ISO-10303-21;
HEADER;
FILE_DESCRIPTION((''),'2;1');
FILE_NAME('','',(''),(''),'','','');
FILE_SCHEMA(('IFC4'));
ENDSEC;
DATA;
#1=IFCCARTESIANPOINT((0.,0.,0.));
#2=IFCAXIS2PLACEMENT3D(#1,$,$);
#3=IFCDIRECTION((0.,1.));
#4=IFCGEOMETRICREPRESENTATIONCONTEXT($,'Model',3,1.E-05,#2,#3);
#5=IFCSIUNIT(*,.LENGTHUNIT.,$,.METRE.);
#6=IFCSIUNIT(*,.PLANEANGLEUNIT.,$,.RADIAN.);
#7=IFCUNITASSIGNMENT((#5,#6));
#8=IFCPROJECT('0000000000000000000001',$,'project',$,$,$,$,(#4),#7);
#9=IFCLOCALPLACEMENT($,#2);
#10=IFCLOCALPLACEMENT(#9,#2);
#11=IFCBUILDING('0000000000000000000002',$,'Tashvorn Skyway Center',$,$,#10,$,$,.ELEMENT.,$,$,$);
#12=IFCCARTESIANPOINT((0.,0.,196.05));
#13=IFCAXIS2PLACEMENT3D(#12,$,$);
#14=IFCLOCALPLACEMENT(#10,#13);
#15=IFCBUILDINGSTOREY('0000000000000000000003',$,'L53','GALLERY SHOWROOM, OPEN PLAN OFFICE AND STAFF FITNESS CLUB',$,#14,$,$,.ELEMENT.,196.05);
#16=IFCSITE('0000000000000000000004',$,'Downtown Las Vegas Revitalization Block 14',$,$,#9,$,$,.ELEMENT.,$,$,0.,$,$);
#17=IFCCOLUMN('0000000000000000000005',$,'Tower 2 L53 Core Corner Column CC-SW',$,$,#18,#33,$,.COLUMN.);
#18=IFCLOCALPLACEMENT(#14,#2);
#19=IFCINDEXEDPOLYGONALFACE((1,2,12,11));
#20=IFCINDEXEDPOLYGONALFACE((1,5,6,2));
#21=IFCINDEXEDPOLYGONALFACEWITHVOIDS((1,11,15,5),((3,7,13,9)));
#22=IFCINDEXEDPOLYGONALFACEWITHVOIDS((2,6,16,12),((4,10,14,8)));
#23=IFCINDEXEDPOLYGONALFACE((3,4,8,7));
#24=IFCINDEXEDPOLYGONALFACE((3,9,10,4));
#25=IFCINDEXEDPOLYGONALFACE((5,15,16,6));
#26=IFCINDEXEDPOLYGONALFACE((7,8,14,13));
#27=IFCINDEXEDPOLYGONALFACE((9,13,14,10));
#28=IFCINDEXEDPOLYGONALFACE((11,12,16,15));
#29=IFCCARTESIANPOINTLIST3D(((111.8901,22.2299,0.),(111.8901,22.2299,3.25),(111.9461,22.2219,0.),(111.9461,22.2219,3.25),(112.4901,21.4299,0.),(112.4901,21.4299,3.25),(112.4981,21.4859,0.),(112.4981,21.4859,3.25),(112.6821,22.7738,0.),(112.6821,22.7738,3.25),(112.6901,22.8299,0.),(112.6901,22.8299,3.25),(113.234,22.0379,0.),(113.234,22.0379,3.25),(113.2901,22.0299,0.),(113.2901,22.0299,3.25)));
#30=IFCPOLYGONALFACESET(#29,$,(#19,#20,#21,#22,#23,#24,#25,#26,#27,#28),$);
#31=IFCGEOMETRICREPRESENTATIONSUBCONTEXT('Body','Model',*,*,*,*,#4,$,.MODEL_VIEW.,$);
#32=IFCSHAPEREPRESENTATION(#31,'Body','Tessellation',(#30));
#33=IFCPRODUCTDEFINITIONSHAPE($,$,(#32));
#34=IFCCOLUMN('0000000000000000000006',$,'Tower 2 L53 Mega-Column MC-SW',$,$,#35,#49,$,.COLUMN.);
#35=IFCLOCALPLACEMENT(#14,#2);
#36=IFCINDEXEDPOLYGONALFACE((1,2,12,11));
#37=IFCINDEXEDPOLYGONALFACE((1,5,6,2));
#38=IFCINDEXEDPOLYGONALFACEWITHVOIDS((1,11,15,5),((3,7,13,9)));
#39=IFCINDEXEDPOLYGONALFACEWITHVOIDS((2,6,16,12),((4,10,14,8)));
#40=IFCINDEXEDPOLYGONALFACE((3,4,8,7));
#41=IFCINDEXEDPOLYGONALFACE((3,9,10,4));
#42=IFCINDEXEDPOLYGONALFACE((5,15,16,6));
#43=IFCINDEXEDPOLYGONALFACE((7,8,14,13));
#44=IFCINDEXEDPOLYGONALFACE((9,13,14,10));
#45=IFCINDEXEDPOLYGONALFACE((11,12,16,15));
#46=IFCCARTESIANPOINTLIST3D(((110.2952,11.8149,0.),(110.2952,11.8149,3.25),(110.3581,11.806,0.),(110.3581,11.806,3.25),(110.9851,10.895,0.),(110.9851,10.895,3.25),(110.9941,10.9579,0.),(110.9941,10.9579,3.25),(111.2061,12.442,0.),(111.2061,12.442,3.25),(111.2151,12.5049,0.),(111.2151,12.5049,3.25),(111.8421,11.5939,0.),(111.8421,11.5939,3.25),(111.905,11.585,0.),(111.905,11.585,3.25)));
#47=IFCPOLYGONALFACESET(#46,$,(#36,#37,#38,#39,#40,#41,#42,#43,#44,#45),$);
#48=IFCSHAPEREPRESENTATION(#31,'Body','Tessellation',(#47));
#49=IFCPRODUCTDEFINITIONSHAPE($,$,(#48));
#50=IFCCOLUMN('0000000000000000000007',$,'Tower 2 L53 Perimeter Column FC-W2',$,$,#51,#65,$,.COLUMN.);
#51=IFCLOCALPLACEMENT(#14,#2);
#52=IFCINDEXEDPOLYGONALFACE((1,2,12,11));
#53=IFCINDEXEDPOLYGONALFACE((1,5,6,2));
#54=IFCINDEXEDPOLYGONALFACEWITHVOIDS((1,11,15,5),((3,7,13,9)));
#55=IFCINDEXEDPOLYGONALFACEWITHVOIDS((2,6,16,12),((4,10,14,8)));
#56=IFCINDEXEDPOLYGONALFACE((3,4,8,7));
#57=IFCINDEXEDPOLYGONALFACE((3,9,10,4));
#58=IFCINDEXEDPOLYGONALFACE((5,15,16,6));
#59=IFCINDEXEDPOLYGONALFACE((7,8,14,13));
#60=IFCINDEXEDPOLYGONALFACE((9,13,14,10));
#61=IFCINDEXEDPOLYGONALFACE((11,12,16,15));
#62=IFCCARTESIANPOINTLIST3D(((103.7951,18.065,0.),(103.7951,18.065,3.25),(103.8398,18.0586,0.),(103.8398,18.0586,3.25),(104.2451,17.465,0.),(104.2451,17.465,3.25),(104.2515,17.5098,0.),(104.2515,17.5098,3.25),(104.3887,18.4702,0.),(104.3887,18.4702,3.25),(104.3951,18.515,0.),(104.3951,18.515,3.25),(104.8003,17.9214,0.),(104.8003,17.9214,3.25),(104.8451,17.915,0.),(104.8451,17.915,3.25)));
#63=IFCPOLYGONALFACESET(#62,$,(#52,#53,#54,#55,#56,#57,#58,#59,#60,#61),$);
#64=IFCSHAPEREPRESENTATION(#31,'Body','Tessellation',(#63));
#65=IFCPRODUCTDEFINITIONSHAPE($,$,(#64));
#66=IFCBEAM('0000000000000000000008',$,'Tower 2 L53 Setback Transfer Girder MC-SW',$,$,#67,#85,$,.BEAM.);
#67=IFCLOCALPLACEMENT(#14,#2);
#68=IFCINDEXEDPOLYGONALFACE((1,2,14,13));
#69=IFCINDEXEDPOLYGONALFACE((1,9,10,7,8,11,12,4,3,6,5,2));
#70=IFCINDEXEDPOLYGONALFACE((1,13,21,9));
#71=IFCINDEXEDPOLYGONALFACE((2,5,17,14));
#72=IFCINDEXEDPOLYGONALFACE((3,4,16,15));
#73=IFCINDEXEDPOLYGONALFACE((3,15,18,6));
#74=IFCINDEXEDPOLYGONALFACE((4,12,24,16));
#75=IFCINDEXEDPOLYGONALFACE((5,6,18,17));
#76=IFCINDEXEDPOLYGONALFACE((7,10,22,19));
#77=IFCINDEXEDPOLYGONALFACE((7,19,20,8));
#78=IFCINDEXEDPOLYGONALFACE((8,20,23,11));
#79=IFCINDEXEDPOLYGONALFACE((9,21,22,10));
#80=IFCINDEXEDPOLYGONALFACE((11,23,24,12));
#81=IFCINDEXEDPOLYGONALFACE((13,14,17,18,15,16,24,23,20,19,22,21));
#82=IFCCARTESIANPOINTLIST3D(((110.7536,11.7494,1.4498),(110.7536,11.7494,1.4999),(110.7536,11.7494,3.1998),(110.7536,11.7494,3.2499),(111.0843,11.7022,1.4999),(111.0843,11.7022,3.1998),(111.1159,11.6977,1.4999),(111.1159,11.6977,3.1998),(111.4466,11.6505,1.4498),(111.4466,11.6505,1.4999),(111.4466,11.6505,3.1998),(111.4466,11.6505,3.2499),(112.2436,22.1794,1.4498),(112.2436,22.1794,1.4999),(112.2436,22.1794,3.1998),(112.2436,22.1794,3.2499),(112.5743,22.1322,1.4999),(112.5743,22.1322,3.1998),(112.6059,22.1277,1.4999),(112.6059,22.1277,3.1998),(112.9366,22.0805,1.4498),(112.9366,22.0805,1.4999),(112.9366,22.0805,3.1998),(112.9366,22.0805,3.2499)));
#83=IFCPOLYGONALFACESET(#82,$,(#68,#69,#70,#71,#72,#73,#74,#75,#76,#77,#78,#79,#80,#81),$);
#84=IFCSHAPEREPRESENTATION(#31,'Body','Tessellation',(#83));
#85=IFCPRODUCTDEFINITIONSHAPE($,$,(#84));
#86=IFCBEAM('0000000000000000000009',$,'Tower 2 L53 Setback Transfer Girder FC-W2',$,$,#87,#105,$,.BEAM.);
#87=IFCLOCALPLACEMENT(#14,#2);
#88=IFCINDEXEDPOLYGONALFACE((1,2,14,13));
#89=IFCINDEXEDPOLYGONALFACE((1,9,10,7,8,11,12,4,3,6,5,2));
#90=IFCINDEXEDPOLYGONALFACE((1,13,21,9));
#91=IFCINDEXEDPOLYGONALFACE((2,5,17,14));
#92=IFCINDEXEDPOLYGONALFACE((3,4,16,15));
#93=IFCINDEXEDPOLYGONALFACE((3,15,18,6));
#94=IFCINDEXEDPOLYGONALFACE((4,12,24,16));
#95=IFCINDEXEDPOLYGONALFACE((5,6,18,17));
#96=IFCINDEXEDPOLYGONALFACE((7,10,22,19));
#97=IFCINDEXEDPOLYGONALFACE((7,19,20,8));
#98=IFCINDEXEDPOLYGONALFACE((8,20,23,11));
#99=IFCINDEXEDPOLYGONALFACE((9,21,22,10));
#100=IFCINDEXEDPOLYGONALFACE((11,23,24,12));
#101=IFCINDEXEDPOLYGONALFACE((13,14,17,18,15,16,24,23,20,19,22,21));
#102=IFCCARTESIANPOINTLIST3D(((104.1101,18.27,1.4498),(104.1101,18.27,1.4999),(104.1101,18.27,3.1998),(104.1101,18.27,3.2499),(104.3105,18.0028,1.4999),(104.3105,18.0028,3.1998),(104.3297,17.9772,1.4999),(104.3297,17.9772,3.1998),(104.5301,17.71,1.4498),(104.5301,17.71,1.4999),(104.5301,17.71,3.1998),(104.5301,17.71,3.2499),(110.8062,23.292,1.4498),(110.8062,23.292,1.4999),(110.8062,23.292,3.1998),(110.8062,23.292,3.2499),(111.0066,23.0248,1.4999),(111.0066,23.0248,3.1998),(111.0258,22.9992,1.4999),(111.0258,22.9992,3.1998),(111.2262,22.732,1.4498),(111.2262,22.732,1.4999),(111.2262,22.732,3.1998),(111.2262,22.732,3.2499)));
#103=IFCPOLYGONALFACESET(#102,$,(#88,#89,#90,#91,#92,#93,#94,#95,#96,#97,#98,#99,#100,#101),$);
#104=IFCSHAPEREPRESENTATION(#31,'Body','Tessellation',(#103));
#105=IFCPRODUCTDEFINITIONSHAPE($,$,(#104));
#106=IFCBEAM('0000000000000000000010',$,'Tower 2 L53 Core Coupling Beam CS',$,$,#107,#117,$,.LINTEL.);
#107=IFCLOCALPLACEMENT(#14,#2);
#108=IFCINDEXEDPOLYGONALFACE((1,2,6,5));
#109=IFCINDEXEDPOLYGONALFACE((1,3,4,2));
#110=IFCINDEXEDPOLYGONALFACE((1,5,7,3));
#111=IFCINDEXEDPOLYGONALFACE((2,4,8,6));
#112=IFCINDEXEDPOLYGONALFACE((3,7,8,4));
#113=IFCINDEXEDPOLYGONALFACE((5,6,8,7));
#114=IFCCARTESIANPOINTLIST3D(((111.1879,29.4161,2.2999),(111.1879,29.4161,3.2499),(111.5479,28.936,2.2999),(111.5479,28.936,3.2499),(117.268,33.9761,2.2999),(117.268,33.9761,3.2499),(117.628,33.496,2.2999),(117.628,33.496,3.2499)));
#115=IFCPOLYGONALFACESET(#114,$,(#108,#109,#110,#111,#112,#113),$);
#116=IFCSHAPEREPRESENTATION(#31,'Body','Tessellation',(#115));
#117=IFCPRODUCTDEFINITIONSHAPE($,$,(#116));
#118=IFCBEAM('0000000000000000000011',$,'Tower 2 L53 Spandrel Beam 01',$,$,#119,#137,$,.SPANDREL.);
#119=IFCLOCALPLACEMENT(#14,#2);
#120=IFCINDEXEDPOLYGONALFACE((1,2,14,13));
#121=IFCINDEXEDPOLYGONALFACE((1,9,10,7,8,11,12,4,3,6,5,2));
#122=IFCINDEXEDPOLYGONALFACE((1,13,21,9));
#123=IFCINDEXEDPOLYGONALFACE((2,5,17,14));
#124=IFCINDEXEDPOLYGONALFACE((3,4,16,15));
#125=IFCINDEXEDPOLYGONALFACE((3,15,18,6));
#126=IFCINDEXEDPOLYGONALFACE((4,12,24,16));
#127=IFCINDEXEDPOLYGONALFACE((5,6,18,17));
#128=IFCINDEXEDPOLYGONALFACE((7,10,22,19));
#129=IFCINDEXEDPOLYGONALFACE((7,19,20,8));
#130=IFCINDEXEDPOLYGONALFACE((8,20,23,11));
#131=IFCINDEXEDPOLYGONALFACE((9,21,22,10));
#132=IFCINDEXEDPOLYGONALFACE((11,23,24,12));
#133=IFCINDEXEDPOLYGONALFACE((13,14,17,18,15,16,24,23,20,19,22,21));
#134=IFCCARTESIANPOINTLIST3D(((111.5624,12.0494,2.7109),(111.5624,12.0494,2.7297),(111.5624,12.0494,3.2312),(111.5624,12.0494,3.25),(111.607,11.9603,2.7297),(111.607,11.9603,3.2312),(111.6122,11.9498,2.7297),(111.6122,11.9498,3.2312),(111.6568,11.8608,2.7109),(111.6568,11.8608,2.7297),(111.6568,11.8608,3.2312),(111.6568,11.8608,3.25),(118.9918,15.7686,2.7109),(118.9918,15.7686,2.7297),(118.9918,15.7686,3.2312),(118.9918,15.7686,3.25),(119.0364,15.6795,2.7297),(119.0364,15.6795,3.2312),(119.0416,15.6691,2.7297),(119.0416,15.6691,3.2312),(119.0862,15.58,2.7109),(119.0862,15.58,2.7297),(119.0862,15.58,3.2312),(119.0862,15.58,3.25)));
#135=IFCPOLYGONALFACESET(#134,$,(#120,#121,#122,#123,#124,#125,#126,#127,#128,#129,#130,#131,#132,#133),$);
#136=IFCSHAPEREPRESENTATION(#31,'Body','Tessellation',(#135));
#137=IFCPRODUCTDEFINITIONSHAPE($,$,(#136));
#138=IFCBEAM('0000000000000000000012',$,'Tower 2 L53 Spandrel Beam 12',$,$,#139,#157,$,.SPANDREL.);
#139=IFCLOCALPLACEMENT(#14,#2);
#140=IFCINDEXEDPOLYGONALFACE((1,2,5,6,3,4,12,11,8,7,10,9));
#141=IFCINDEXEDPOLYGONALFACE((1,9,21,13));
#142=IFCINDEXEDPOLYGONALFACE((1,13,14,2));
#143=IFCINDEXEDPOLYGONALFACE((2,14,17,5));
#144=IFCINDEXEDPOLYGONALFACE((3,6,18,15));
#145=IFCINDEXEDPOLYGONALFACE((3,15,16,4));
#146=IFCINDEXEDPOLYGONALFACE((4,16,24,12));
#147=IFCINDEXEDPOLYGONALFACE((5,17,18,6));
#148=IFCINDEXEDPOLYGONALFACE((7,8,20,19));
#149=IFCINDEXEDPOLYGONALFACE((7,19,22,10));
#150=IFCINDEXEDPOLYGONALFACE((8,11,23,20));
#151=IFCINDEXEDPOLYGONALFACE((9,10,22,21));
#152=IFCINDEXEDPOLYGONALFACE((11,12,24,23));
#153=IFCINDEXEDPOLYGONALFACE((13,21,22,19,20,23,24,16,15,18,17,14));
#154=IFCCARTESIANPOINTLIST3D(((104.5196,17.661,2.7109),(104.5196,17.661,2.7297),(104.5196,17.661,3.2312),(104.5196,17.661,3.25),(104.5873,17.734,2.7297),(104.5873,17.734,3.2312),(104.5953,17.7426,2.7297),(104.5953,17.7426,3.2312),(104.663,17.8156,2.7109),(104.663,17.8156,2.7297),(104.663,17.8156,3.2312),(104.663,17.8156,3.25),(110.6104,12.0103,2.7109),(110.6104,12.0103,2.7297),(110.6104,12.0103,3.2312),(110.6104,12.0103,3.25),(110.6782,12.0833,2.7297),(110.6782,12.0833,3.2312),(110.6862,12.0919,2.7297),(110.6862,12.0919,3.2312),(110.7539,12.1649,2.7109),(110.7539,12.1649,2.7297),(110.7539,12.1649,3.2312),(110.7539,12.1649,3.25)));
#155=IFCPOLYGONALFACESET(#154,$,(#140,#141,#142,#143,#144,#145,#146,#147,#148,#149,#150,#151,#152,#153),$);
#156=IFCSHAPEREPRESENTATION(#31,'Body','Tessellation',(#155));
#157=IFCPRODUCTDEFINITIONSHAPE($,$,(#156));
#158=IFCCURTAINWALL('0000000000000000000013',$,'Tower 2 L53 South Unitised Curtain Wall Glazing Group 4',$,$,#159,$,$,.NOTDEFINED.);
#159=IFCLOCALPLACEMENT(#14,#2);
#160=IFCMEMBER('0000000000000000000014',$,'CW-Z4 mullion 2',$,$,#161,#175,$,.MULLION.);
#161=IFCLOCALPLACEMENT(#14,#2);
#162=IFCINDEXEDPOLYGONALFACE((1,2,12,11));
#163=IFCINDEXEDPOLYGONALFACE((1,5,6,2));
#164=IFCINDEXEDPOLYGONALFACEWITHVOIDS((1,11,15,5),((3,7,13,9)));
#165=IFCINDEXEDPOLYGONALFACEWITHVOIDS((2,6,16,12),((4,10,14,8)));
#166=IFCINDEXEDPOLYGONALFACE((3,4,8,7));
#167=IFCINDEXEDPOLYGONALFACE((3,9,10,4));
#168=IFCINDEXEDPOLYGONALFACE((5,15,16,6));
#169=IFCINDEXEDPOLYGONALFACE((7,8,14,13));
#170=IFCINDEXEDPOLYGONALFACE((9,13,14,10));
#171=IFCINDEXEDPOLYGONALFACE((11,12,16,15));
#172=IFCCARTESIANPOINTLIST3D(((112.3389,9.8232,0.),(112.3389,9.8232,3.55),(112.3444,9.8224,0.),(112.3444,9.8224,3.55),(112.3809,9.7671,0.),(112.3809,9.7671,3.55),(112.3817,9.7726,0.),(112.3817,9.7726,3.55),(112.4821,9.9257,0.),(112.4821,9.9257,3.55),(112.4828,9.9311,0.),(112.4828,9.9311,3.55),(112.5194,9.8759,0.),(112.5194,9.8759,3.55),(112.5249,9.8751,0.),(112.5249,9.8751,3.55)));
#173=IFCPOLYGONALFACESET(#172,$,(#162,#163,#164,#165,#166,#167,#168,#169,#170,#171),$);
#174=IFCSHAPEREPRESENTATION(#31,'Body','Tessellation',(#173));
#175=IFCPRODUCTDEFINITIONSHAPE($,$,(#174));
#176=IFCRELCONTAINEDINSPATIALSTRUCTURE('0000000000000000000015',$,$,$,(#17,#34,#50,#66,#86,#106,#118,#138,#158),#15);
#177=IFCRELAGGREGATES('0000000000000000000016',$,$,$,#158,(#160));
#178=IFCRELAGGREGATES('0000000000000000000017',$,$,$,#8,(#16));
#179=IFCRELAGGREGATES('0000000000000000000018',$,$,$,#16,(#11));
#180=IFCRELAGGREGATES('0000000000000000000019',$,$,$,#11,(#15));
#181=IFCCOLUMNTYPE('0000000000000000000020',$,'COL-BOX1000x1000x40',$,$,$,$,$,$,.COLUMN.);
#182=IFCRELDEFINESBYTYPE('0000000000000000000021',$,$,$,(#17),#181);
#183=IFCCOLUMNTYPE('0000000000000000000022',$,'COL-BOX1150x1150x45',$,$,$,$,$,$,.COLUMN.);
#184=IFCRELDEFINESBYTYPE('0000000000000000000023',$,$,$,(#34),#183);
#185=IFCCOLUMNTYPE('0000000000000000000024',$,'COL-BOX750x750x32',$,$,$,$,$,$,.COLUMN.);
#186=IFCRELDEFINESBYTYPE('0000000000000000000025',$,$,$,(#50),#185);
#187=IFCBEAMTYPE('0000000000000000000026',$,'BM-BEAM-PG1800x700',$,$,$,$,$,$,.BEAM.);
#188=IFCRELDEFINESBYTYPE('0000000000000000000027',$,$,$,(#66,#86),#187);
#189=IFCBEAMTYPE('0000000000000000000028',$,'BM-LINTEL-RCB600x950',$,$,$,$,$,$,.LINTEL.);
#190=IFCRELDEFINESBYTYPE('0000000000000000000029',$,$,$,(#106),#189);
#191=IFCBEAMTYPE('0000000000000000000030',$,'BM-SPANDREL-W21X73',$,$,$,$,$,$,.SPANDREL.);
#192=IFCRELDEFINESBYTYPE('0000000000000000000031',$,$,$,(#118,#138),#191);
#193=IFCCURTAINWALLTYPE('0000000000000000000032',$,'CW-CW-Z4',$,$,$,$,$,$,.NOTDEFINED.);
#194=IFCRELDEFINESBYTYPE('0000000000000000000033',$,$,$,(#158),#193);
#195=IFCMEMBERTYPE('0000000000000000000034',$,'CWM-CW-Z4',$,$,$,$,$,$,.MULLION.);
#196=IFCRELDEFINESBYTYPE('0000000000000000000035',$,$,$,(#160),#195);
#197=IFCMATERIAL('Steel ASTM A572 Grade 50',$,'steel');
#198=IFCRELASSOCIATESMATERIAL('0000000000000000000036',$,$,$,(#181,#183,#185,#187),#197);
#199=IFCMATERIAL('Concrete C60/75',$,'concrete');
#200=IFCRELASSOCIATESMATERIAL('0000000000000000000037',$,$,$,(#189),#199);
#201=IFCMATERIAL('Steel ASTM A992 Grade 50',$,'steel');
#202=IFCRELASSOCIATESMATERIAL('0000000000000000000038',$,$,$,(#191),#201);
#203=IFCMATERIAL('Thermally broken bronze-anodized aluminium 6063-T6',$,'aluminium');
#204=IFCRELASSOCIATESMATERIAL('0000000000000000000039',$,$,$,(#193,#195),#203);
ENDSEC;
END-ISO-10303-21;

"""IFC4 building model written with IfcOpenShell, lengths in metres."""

from ifc_helpers import new_model, si_unit, direction, frame, origin, origin_2d, place, context, subcontext, project, spatial, rectangle, hollow_rectangle, i_section, extrude, material, material_profile, profile_set, type_object, element, aggregate, save


model = new_model("IFC4")

# Units and contexts
model_context = context("Model", 3, precision=1e-05, world=origin(), true_north=direction((0.0, 1.0)))
body_context = subcontext(model_context, "Body", "Model", "MODEL_VIEW")
ifc_project = project(units=[si_unit("LENGTHUNIT", "METRE"), si_unit("PLANEANGLEUNIT", "RADIAN")], contexts=[model_context])

# Site, building, storey
site_placement = place(None, origin())
site = spatial("IfcSite", under=ifc_project, at=site_placement, Name="Downtown Las Vegas Revitalization Block 14", CompositionType="ELEMENT", RefElevation=0.0)
building_placement = place(site_placement, origin())
building = spatial("IfcBuilding", under=site, at=building_placement, Name="Tashvorn Skyway Center", CompositionType="ELEMENT")
storey_placement = place(building_placement, frame((0.0, 0.0, 196.05)))
storey = spatial("IfcBuildingStorey", under=building, at=storey_placement, Name="L53", Description="GALLERY SHOWROOM, OPEN PLAN OFFICE AND STAFF FITNESS CLUB", CompositionType="ELEMENT", Elevation=196.05)

# Columns
ifc_material_1 = material(Name="Steel ASTM A572 Grade 50", Category="steel")
ifc_material_profile_1 = material_profile(ifc_material_1, hollow_rectangle(XDim=1.0, YDim=1.0, WallThickness=0.04, at=origin_2d()), Name="BOX1000x1000x40")
ifc_profile_set_1 = profile_set([ifc_material_profile_1], Name="Steel ASTM A572 Grade 50")
column_type_1 = type_object("IfcColumnType", Name="COL-BOX1000x1000x40", PredefinedType="COLUMN", material=ifc_profile_set_1)
column_1_placement = place(storey_placement, frame((112.5901, 22.1299, 0.0), z_axis=(0.0, 0.0, 1.0), x_axis=(0.8, 0.6, 0.0)))
element("IfcColumn", 1, at=column_1_placement, inside=storey, type_object=column_type_1, Name="Tower 2 L53 Core Corner Column CC-SW", PredefinedType="COLUMN", context=body_context, shape_type="SweptSolid", body=[
    extrude(hollow_rectangle(XDim=1.0, YDim=1.0, WallThickness=0.04, at=origin_2d()), origin(), (0.0, 0.0, 1.0), 3.25),
])
ifc_material_profile_2 = material_profile(ifc_material_1, hollow_rectangle(XDim=1.1499, YDim=1.1499, WallThickness=0.0449, at=origin_2d()), Name="BOX1150x1150x45")
ifc_profile_set_2 = profile_set([ifc_material_profile_2], Name="Steel ASTM A572 Grade 50")
column_type_2 = type_object("IfcColumnType", Name="COL-BOX1150x1150x45", PredefinedType="COLUMN", material=ifc_profile_set_2)
column_2_placement = place(storey_placement, frame((111.1001, 11.7, 0.0), z_axis=(0.0, 0.0, 1.0), x_axis=(0.8, 0.6, 0.0)))
element("IfcColumn", 2, at=column_2_placement, inside=storey, type_object=column_type_2, Name="Tower 2 L53 Mega-Column MC-SW", PredefinedType="COLUMN", context=body_context, shape_type="SweptSolid", body=[
    extrude(hollow_rectangle(XDim=1.1499, YDim=1.1499, WallThickness=0.0449, at=origin_2d()), origin(), (0.0, 0.0, 1.0), 3.25),
])
ifc_material_profile_3 = material_profile(ifc_material_1, hollow_rectangle(XDim=0.75, YDim=0.75, WallThickness=0.032, at=origin_2d()), Name="BOX750x750x32")
ifc_profile_set_3 = profile_set([ifc_material_profile_3], Name="Steel ASTM A572 Grade 50")
column_type_3 = type_object("IfcColumnType", Name="COL-BOX750x750x32", PredefinedType="COLUMN", material=ifc_profile_set_3)
column_3_placement = place(storey_placement, frame((104.3201, 17.99, 0.0), z_axis=(0.0, 0.0, 1.0), x_axis=(0.8, 0.6, 0.0)))
element("IfcColumn", 3, at=column_3_placement, inside=storey, type_object=column_type_3, Name="Tower 2 L53 Perimeter Column FC-W2", PredefinedType="COLUMN", context=body_context, shape_type="SweptSolid", body=[
    extrude(hollow_rectangle(XDim=0.75, YDim=0.75, WallThickness=0.032, at=origin_2d()), origin(), (0.0, 0.0, 1.0), 3.25),
])

# Beams
ifc_material_profile_4 = material_profile(ifc_material_1, i_section(OverallWidth=0.7, OverallDepth=1.8, WebThickness=0.032, FlangeThickness=0.05, at=origin_2d()), Name="PG1800x700")
ifc_profile_set_4 = profile_set([ifc_material_profile_4], Name="Steel ASTM A572 Grade 50")
beam_type_1 = type_object("IfcBeamType", Name="BM-BEAM-PG1800x700", PredefinedType="BEAM", material=ifc_profile_set_4)
beam_1_placement = place(storey_placement, frame((111.1001, 11.7, 2.3499), z_axis=(0.141421, 0.989949, 0.0), x_axis=(-0.989949, 0.141421, 0.0)))
element("IfcBeam", 4, at=beam_1_placement, inside=storey, type_object=beam_type_1, Name="Tower 2 L53 Setback Transfer Girder MC-SW", PredefinedType="BEAM", context=body_context, shape_type="SweptSolid", body=[
    extrude(i_section(OverallWidth=0.7, OverallDepth=1.8, WebThickness=0.032, FlangeThickness=0.05, at=origin_2d()), origin(), (0.0, 0.0, 1.0), 10.5359),
])
beam_2_placement = place(storey_placement, frame((104.3201, 17.99, 2.3499), z_axis=(0.800004, 0.599995, 0.0), x_axis=(-0.599995, 0.800004, 0.0)))
element("IfcBeam", 5, at=beam_2_placement, inside=storey, type_object=beam_type_1, Name="Tower 2 L53 Setback Transfer Girder FC-W2", PredefinedType="BEAM", context=body_context, shape_type="SweptSolid", body=[
    extrude(i_section(OverallWidth=0.7, OverallDepth=1.8, WebThickness=0.032, FlangeThickness=0.05, at=origin_2d()), origin(), (0.0, 0.0, 1.0), 8.3701),
])
ifc_material_2 = material(Name="Concrete C60/75", Category="concrete")
ifc_material_profile_5 = material_profile(ifc_material_2, rectangle(XDim=0.6001, YDim=0.95, at=origin_2d()), Name="RCB600x950")
ifc_profile_set_5 = profile_set([ifc_material_profile_5], Name="Concrete C60/75")
beam_type_2 = type_object("IfcBeamType", Name="BM-LINTEL-RCB600x950", PredefinedType="LINTEL", material=ifc_profile_set_5)
beam_3_placement = place(storey_placement, frame((111.3679, 29.176, 2.7749), z_axis=(0.8, 0.6, 0.0), x_axis=(-0.6, 0.8, 0.0)))
element("IfcBeam", 6, at=beam_3_placement, inside=storey, type_object=beam_type_2, Name="Tower 2 L53 Core Coupling Beam CS", PredefinedType="LINTEL", context=body_context, shape_type="SweptSolid", body=[
    extrude(rectangle(XDim=0.6001, YDim=0.95, at=origin_2d()), origin(), (0.0, 0.0, 1.0), 7.6001),
])
ifc_material_3 = material(Name="Steel ASTM A992 Grade 50", Category="steel")
ifc_material_profile_6 = material_profile(ifc_material_3, i_section(OverallWidth=0.2109, OverallDepth=0.5391, WebThickness=0.0117, FlangeThickness=0.0188, at=origin_2d()), Name="W21X73")
ifc_profile_set_6 = profile_set([ifc_material_profile_6], Name="Steel ASTM A992 Grade 50")
beam_type_3 = type_object("IfcBeamType", Name="BM-SPANDREL-W21X73", PredefinedType="SPANDREL", material=ifc_profile_set_6)
for number, where, z_axis, x_axis, name in (
    (7, (111.6096, 11.9551, 2.9805), (0.89421, 0.447648, 0.0), (-0.447648, 0.89421, 0.0), "Tower 2 L53 Spandrel Beam 01"),
    (8, (104.5913, 17.7383, 2.9805), (0.733101, -0.68012, 0.0), (0.68012, 0.733101, 0.0), "Tower 2 L53 Spandrel Beam 12"),
):
    element("IfcBeam", number, at=place(storey_placement, frame(where, z_axis=z_axis, x_axis=x_axis)), inside=storey, type_object=beam_type_3, Name=name, PredefinedType="SPANDREL", context=body_context, shape_type="SweptSolid", body=[
        extrude(i_section(OverallWidth=0.2109, OverallDepth=0.5391, WebThickness=0.0117, FlangeThickness=0.0188, at=origin_2d()), origin(), (0.0, 0.0, 1.0), 8.3083),
    ])

# Curtain wall, member
ifc_material_4 = material(Name="Thermally broken bronze-anodized aluminium 6063-T6", Category="aluminium")
curtain_wall_type = type_object("IfcCurtainWallType", Name="CW-CW-Z4", PredefinedType="NOTDEFINED", material=ifc_material_4)
curtain_wall_1_placement = place(storey_placement, origin())
curtain_wall_1 = element("IfcCurtainWall", 9, at=curtain_wall_1_placement, inside=storey, type_object=curtain_wall_type, Name="Tower 2 L53 South Unitised Curtain Wall Glazing Group 4", PredefinedType="NOTDEFINED")
ifc_material_profile_7 = material_profile(ifc_material_4, hollow_rectangle(XDim=0.0701, YDim=0.1799, WallThickness=0.0039, at=origin_2d()), Name="ALU-MULL-70x180")
ifc_profile_set_7 = profile_set([ifc_material_profile_7], Name="Thermally broken bronze-anodized aluminium 6063-T6")
member_type_1 = type_object("IfcMemberType", Name="CWM-CW-Z4", PredefinedType="MULLION", material=ifc_profile_set_7)
member_1_placement = place(storey_placement, frame((112.4319, 9.8491, 0.0), z_axis=(0.0, 0.0, 1.0), x_axis=(0.6, -0.8, 0.0)))
member_1 = element("IfcMember", 10, at=member_1_placement, type_object=member_type_1, Name="CW-Z4 mullion 2", PredefinedType="MULLION", context=body_context, shape_type="SweptSolid", body=[
    extrude(hollow_rectangle(XDim=0.0701, YDim=0.1799, WallThickness=0.0039, at=origin_2d()), origin(), (0.0, 0.0, 1.0), 3.55),
])
aggregate(curtain_wall_1, [member_1])

save(model, "model.ifc")
